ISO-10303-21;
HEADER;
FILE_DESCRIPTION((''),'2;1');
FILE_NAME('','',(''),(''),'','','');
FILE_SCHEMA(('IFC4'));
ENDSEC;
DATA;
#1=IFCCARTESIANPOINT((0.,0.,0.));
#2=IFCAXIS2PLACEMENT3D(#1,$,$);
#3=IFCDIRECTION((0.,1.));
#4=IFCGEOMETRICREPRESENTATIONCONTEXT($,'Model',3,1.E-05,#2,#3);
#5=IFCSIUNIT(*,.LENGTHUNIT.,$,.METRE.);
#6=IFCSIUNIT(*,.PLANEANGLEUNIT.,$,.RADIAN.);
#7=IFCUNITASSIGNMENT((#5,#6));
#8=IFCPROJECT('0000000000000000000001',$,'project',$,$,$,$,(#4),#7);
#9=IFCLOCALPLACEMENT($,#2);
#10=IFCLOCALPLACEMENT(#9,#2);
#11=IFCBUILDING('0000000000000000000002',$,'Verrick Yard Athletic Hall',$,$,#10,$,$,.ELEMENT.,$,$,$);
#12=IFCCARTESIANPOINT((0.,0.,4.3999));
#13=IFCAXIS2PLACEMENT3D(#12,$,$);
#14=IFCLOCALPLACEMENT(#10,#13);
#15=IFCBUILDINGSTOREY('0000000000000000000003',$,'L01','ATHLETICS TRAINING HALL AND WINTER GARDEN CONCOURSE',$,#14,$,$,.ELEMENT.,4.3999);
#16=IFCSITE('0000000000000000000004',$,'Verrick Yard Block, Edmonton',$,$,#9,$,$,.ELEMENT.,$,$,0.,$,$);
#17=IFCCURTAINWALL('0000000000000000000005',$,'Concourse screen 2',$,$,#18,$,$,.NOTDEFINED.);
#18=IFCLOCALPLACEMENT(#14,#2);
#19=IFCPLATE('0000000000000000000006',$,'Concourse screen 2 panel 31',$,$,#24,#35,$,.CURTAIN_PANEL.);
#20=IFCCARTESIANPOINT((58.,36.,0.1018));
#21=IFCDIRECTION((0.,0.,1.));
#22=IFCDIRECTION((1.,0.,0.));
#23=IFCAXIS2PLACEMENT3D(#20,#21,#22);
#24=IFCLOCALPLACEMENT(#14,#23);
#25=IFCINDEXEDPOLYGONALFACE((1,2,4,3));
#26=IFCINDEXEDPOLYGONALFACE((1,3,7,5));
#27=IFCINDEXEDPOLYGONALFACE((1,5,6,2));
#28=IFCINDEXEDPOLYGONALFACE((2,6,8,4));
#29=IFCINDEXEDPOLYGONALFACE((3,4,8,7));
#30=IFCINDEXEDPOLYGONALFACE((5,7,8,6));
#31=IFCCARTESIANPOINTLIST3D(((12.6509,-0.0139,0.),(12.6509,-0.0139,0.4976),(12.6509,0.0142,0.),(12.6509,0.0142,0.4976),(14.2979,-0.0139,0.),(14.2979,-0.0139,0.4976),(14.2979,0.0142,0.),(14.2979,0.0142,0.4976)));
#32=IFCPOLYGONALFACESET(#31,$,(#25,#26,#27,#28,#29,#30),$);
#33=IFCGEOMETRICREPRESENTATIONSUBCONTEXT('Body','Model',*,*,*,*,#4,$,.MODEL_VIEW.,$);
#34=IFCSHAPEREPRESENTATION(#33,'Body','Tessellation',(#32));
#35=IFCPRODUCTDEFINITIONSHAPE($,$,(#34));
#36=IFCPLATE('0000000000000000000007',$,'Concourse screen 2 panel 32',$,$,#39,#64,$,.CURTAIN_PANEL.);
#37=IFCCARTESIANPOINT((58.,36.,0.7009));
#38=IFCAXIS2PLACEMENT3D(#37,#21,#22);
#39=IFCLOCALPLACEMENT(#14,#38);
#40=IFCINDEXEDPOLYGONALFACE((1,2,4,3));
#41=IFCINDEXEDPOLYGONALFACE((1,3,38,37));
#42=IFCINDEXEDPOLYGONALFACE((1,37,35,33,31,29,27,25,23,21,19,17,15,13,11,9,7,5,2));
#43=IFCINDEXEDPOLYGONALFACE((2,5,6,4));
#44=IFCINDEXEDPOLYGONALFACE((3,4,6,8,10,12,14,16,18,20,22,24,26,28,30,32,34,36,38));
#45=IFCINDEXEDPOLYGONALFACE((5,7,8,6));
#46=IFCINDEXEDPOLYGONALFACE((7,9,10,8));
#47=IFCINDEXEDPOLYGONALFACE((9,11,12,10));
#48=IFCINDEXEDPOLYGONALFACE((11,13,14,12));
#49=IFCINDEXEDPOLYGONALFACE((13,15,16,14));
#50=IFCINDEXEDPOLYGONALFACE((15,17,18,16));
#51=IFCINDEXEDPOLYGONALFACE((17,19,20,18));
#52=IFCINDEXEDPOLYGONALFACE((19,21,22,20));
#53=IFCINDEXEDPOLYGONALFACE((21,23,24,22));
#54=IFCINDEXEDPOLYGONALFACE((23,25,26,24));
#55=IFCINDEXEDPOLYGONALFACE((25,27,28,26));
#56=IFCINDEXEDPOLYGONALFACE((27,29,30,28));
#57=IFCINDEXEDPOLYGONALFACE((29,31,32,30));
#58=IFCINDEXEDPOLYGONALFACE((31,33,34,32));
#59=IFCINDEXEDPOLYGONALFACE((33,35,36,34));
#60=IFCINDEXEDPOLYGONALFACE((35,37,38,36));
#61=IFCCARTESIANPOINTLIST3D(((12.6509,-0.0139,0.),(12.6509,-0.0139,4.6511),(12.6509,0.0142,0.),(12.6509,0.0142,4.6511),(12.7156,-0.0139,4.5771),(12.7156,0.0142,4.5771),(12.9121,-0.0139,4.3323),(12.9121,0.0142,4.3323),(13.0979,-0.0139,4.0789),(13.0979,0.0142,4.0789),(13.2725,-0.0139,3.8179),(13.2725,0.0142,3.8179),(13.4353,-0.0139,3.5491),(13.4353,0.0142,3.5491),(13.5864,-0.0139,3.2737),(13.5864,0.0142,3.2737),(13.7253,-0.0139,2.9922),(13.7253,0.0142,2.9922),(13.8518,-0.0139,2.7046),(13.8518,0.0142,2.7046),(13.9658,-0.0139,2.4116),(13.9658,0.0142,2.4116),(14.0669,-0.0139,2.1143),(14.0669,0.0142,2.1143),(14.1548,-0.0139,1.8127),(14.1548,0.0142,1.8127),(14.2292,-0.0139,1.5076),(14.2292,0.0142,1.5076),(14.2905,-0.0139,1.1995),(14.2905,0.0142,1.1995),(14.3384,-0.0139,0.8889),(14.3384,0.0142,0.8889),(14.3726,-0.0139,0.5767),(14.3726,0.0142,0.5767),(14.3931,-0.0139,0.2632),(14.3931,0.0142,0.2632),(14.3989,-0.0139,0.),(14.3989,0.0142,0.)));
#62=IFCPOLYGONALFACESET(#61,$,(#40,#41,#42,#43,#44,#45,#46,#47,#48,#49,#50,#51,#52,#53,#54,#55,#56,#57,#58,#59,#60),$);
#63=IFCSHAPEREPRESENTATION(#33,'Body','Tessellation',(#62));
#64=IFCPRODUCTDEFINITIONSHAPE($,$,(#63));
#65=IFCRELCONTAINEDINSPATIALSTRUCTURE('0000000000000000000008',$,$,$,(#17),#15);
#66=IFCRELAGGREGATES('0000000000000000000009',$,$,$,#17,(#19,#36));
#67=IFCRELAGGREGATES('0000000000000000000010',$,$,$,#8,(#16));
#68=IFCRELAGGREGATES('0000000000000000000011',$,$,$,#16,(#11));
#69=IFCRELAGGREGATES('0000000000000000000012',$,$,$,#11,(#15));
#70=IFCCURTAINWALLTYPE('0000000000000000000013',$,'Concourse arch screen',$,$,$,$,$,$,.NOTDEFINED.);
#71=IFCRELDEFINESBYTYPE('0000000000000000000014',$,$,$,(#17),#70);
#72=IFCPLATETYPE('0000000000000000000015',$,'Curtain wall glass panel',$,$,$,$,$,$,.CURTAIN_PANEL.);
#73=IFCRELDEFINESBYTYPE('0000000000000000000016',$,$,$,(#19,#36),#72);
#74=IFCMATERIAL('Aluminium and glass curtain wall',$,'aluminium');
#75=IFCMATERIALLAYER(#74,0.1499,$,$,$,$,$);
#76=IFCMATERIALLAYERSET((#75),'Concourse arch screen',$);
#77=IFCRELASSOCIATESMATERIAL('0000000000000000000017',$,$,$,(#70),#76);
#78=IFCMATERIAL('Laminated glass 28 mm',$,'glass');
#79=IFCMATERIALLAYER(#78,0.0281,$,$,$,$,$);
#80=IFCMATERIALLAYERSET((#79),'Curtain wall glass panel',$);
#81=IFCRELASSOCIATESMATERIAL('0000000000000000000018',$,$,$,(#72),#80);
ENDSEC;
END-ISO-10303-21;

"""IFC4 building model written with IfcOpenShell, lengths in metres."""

from ifc_helpers import new_model, si_unit, direction, frame, origin, place, context, subcontext, project, spatial, polyline, outline, extrude, material, layer, layer_set, type_object, element, aggregate, save


model = new_model("IFC4")

# Units and contexts
model_context = context("Model", 3, precision=1e-05, world=origin(), true_north=direction((0.0, 1.0)))
body_context = subcontext(model_context, "Body", "Model", "MODEL_VIEW")
ifc_project = project(units=[si_unit("LENGTHUNIT", "METRE"), si_unit("PLANEANGLEUNIT", "RADIAN")], contexts=[model_context])

# Site, building, storey
site_placement = place(None, origin())
site = spatial("IfcSite", under=ifc_project, at=site_placement, Name="Verrick Yard Block, Edmonton", CompositionType="ELEMENT", RefElevation=0.0)
building_placement = place(site_placement, origin())
building = spatial("IfcBuilding", under=site, at=building_placement, Name="Verrick Yard Athletic Hall", CompositionType="ELEMENT")
storey_placement = place(building_placement, frame((0.0, 0.0, 4.3999)))
storey = spatial("IfcBuildingStorey", under=building, at=storey_placement, Name="L01", Description="ATHLETICS TRAINING HALL AND WINTER GARDEN CONCOURSE", CompositionType="ELEMENT", Elevation=4.3999)

# Curtain wall, plates
ifc_material_1 = material(Name="Aluminium and glass curtain wall", Category="aluminium")
ifc_layer_1 = layer(ifc_material_1, 0.1499)
ifc_layer_set_1 = layer_set([ifc_layer_1], Name="Concourse arch screen")
curtain_wall_type = type_object("IfcCurtainWallType", Name="Concourse arch screen", PredefinedType="NOTDEFINED", material=ifc_layer_set_1)
curtain_wall_placement = place(storey_placement, origin())
curtain_wall = element("IfcCurtainWall", 1, at=curtain_wall_placement, inside=storey, type_object=curtain_wall_type, Name="Concourse screen 2", PredefinedType="NOTDEFINED")
ifc_material_2 = material(Name="Laminated glass 28 mm", Category="glass")
ifc_layer_2 = layer(ifc_material_2, 0.0281)
ifc_layer_set_2 = layer_set([ifc_layer_2], Name="Curtain wall glass panel")
plate_type = type_object("IfcPlateType", Name="Curtain wall glass panel", PredefinedType="CURTAIN_PANEL", material=ifc_layer_set_2)
plate_1_placement = place(storey_placement, frame((58.0, 36.0, 0.1018), z_axis=(0.0, 0.0, 1.0), x_axis=(1.0, 0.0, 0.0)))
plate_1 = element("IfcPlate", 2, at=plate_1_placement, type_object=plate_type, Name="Concourse screen 2 panel 31", PredefinedType="CURTAIN_PANEL", context=body_context, shape_type="SweptSolid", body=[
    extrude(outline(polyline([(14.2979, 0.0), (14.2979, 0.4976), (12.6509, 0.4976), (12.6509, 0.0), (14.2979, 0.0)])), frame((0.0, 0.0142, 0.0), z_axis=(0.0, -1.0, 0.0), x_axis=(1.0, 0.0, 0.0)), (0.0, 0.0, 1.0), 0.0281),
])
plate_2_placement = place(storey_placement, frame((58.0, 36.0, 0.7009), z_axis=(0.0, 0.0, 1.0), x_axis=(1.0, 0.0, 0.0)))
plate_2 = element("IfcPlate", 3, at=plate_2_placement, type_object=plate_type, Name="Concourse screen 2 panel 32", PredefinedType="CURTAIN_PANEL", context=body_context, shape_type="SweptSolid", body=[
    extrude(outline(polyline([(14.3989, 0.0), (14.3931, 0.2632), (14.3726, 0.5767), (14.3384, 0.8889), (14.2905, 1.1995), (14.2292, 1.5076), (14.1548, 1.8127), (14.0669, 2.1143), (13.9658, 2.4116), (13.8518, 2.7046), (13.7253, 2.9922), (13.5864, 3.2737), (13.4353, 3.5491), (13.2725, 3.8179), (13.0979, 4.0789), (12.9121, 4.3323), (12.7156, 4.5771), (12.6509, 4.6511), (12.6509, 0.0), (14.3989, 0.0)])), frame((0.0, 0.0142, 0.0), z_axis=(0.0, -1.0, 0.0), x_axis=(1.0, 0.0, 0.0)), (0.0, 0.0, 1.0), 0.0281),
])
aggregate(curtain_wall, [plate_1, plate_2])

save(model, "model.ifc")
